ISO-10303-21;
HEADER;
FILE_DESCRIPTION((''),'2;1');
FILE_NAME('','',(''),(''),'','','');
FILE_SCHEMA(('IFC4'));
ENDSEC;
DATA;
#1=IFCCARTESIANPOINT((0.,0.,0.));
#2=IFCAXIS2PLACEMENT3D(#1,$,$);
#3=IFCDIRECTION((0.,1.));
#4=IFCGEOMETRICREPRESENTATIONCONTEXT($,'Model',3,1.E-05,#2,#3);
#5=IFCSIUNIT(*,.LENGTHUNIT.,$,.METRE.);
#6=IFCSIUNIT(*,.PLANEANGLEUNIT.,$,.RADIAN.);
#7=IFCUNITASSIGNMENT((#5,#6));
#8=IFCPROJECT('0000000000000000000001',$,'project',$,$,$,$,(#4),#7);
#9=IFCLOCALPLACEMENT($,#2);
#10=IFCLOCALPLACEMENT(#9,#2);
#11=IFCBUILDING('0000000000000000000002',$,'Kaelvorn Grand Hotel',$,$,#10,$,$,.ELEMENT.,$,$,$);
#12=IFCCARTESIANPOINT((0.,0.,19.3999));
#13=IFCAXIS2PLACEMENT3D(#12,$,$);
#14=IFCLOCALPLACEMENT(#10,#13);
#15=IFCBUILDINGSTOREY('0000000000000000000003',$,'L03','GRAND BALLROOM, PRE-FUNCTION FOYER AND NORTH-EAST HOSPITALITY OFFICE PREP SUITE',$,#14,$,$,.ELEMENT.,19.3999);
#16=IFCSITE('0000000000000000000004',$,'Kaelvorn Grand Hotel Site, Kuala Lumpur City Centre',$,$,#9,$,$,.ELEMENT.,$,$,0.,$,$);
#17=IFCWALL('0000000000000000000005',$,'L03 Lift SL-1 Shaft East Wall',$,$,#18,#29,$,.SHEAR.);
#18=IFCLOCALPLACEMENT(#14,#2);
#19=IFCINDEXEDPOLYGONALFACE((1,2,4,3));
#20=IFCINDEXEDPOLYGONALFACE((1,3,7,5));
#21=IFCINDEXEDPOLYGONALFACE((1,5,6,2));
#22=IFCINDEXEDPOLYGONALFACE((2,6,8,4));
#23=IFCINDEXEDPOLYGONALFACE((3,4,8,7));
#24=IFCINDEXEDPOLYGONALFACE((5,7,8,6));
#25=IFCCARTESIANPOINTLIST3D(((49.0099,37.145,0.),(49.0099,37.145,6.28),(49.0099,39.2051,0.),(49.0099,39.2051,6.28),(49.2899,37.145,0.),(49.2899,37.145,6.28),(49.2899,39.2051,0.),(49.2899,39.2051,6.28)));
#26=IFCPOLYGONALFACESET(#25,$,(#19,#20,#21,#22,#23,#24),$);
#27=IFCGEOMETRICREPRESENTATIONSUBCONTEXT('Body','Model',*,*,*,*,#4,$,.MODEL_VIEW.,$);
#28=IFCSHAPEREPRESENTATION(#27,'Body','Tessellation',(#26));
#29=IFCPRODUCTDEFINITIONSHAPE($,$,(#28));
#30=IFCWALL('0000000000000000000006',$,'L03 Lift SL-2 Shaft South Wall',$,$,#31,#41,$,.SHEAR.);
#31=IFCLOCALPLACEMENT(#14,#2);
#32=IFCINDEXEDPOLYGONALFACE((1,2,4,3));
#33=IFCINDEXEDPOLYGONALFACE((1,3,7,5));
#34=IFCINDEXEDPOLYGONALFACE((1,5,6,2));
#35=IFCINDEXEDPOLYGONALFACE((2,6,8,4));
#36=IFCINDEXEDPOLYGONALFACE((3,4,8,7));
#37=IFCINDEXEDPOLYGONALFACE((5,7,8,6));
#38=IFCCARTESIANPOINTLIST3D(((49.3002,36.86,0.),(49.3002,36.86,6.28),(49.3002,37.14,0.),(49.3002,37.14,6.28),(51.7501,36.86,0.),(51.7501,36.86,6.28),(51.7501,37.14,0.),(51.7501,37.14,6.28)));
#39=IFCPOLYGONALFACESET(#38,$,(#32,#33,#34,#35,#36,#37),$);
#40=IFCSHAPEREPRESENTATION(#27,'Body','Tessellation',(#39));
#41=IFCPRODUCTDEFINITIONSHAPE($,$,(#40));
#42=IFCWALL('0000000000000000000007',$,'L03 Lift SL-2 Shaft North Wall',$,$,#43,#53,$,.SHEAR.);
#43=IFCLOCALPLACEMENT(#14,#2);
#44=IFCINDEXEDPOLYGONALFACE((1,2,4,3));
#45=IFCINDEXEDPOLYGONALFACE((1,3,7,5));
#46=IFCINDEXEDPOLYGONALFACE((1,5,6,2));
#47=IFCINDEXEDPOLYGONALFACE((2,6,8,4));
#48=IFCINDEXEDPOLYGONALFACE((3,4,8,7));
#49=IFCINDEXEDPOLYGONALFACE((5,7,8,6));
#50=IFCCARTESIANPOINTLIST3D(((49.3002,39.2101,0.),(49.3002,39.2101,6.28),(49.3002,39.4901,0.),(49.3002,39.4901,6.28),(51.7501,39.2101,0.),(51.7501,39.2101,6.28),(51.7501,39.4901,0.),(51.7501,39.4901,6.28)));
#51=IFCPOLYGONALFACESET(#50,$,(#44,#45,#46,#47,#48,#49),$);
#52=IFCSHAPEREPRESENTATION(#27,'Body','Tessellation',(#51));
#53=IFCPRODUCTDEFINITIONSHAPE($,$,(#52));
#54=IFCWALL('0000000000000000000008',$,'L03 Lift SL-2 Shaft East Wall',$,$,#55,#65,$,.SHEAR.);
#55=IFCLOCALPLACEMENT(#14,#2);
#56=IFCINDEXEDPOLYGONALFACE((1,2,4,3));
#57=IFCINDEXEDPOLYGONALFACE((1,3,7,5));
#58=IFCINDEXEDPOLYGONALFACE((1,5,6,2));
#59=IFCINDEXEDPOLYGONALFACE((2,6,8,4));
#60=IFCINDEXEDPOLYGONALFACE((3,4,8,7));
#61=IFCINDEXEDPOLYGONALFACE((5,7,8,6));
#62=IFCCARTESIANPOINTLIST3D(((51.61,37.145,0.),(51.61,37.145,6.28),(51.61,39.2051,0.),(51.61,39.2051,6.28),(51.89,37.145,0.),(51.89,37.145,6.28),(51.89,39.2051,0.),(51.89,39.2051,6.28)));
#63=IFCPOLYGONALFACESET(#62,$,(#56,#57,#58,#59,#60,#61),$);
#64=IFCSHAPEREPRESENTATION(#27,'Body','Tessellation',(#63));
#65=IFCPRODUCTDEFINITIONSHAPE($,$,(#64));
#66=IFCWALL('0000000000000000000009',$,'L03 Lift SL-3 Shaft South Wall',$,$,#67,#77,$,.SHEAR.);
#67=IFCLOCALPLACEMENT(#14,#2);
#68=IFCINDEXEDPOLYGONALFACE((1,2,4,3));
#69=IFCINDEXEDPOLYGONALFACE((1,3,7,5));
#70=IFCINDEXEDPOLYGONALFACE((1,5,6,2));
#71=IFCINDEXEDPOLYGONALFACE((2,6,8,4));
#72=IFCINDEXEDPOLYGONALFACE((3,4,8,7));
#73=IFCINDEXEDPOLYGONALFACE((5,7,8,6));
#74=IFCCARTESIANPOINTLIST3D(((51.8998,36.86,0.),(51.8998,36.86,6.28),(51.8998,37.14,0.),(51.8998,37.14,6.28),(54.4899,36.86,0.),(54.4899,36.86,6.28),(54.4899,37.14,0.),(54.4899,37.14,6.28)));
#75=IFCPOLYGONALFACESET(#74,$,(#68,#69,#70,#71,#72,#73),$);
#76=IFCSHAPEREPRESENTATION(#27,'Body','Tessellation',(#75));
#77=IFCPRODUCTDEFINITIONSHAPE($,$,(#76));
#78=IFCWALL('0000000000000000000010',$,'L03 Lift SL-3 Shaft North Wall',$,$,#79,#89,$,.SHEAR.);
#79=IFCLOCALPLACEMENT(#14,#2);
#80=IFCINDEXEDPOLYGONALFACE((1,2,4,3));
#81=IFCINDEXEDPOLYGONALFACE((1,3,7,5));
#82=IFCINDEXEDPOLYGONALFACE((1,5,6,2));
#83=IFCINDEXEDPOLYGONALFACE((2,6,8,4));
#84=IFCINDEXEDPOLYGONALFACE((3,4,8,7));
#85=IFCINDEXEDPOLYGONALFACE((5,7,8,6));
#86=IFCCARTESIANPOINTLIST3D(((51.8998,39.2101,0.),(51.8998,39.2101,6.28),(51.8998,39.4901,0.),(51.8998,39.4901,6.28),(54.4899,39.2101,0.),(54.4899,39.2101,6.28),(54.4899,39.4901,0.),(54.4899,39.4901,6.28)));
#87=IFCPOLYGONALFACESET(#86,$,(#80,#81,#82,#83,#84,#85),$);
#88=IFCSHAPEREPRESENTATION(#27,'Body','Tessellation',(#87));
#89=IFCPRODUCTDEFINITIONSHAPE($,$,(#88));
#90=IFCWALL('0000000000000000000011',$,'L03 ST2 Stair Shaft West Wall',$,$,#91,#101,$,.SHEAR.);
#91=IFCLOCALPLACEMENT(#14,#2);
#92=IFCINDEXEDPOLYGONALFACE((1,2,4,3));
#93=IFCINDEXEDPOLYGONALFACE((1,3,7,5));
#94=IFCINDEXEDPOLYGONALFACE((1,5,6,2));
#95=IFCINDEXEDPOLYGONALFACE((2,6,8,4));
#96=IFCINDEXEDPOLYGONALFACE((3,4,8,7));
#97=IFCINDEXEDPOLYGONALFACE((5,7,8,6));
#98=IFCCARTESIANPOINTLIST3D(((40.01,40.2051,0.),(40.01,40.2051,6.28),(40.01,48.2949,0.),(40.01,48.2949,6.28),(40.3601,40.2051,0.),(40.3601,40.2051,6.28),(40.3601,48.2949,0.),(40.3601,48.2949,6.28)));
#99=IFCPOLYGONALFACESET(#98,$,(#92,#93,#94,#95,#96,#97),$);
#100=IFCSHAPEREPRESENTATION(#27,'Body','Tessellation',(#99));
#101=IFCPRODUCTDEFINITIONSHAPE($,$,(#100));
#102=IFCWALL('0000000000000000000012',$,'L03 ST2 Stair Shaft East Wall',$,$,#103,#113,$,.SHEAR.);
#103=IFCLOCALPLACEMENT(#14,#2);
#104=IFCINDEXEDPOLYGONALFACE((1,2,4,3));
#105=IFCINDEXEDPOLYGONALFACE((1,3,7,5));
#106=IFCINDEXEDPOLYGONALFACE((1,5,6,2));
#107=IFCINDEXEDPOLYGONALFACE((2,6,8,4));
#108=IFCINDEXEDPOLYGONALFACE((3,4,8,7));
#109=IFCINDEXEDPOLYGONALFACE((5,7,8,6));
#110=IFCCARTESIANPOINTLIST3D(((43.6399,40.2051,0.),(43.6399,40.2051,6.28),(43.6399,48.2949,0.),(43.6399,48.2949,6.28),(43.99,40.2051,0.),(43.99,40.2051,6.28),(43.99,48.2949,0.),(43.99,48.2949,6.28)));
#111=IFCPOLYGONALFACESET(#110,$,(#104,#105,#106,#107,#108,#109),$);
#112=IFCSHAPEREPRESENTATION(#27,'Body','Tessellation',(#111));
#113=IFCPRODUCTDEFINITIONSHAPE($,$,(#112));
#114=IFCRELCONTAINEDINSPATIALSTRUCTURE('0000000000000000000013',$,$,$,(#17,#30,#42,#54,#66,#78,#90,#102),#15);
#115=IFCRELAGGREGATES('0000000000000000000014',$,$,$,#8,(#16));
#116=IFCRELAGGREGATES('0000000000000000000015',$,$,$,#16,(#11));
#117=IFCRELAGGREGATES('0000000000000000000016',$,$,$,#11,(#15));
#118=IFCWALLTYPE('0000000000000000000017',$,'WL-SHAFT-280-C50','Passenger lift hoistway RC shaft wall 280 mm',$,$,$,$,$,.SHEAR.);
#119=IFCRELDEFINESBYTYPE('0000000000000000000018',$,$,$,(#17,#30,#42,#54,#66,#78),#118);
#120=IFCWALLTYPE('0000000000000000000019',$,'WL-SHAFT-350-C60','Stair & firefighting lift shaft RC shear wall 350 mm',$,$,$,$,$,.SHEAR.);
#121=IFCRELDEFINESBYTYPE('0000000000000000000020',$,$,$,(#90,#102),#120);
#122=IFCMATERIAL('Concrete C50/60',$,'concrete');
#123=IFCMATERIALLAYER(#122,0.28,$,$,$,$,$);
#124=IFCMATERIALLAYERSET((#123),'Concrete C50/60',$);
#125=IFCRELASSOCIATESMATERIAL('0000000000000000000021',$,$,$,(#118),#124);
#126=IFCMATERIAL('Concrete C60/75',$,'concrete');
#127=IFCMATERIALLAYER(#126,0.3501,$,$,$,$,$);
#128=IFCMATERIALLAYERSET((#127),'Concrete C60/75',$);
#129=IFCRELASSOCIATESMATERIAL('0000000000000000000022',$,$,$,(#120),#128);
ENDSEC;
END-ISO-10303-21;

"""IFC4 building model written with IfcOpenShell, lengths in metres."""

from ifc_helpers import new_model, si_unit, direction, frame, frame_2d, origin, place, context, subcontext, project, spatial, rectangle, extrude, material, layer, layer_set, type_object, element, save


model = new_model("IFC4")

# Units and contexts
model_context = context("Model", 3, precision=1e-05, world=origin(), true_north=direction((0.0, 1.0)))
body_context = subcontext(model_context, "Body", "Model", "MODEL_VIEW")
ifc_project = project(units=[si_unit("LENGTHUNIT", "METRE"), si_unit("PLANEANGLEUNIT", "RADIAN")], contexts=[model_context])

# Site, building, storey
site_placement = place(None, origin())
site = spatial("IfcSite", under=ifc_project, at=site_placement, Name="Kaelvorn Grand Hotel Site, Kuala Lumpur City Centre", CompositionType="ELEMENT", RefElevation=0.0)
building_placement = place(site_placement, origin())
building = spatial("IfcBuilding", under=site, at=building_placement, Name="Kaelvorn Grand Hotel", CompositionType="ELEMENT")
storey_placement = place(building_placement, frame((0.0, 0.0, 19.3999)))
storey = spatial("IfcBuildingStorey", under=building, at=storey_placement, Name="L03", Description="GRAND BALLROOM, PRE-FUNCTION FOYER AND NORTH-EAST HOSPITALITY OFFICE PREP SUITE", CompositionType="ELEMENT", Elevation=19.3999)

# Walls
ifc_material_1 = material(Name="Concrete C50/60", Category="concrete")
ifc_layer_1 = layer(ifc_material_1, 0.28)
ifc_layer_set_1 = layer_set([ifc_layer_1], Name="Concrete C50/60")
wall_type_1 = type_object("IfcWallType", Name="WL-SHAFT-280-C50", Description="Passenger lift hoistway RC shaft wall 280 mm", PredefinedType="SHEAR", material=ifc_layer_set_1)
for number, where, z_axis, x_axis, name in (
    (1, (49.1499, 37.145, 0.0), (0.0, 0.0, 1.0), (0.0, 1.0, 0.0), "L03 Lift SL-1 Shaft East Wall"),
):
    element("IfcWall", number, at=place(storey_placement, frame(where, z_axis=z_axis, x_axis=x_axis)), inside=storey, type_object=wall_type_1, Name=name, PredefinedType="SHEAR", context=body_context, shape_type="SweptSolid", body=[
        extrude(rectangle(XDim=2.0601, YDim=0.28, at=frame_2d((1.03, 0.0))), origin(), (0.0, 0.0, 1.0), 6.28),
    ])
for number, where, z_axis, x_axis, name in (
    (2, (49.3, 37.0, 0.0), (0.0, 0.0, 1.0), (1.0, 0.0, 0.0), "L03 Lift SL-2 Shaft South Wall"),
    (3, (49.3, 39.3501, 0.0), (0.0, 0.0, 1.0), (1.0, 0.0, 0.0), "L03 Lift SL-2 Shaft North Wall"),
):
    element("IfcWall", number, at=place(storey_placement, frame(where, z_axis=z_axis, x_axis=x_axis)), inside=storey, type_object=wall_type_1, Name=name, PredefinedType="SHEAR", context=body_context, shape_type="SweptSolid", body=[
        extrude(rectangle(XDim=2.45, YDim=0.28, at=frame_2d((1.2251, 0.0))), origin(), (0.0, 0.0, 1.0), 6.28),
    ])
wall_1_placement = place(storey_placement, frame((51.75, 37.145, 0.0), z_axis=(0.0, 0.0, 1.0), x_axis=(0.0, 1.0, 0.0)))
element("IfcWall", 4, at=wall_1_placement, inside=storey, type_object=wall_type_1, Name="L03 Lift SL-2 Shaft East Wall", PredefinedType="SHEAR", context=body_context, shape_type="SweptSolid", body=[
    extrude(rectangle(XDim=2.0601, YDim=0.28, at=frame_2d((1.03, 0.0))), origin(), (0.0, 0.0, 1.0), 6.28),
])
for number, where, z_axis, x_axis, name in (
    (5, (51.8999, 37.0, 0.0), (0.0, 0.0, 1.0), (1.0, 0.0, 0.0), "L03 Lift SL-3 Shaft South Wall"),
    (6, (51.8999, 39.3501, 0.0), (0.0, 0.0, 1.0), (1.0, 0.0, 0.0), "L03 Lift SL-3 Shaft North Wall"),
):
    element("IfcWall", number, at=place(storey_placement, frame(where, z_axis=z_axis, x_axis=x_axis)), inside=storey, type_object=wall_type_1, Name=name, PredefinedType="SHEAR", context=body_context, shape_type="SweptSolid", body=[
        extrude(rectangle(XDim=2.5901, YDim=0.28, at=frame_2d((1.2949, 0.0))), origin(), (0.0, 0.0, 1.0), 6.28),
    ])

# Shared definitions
ifc_material_2 = material(Name="Concrete C60/75", Category="concrete")
ifc_layer_2 = layer(ifc_material_2, 0.3501)
ifc_layer_set_2 = layer_set([ifc_layer_2], Name="Concrete C60/75")
wall_type_2 = type_object("IfcWallType", Name="WL-SHAFT-350-C60", Description="Stair & firefighting lift shaft RC shear wall 350 mm", PredefinedType="SHEAR", material=ifc_layer_set_2)

# Walls
for number, where, z_axis, x_axis, name in (
    (7, (40.1851, 40.2051, 0.0), (0.0, 0.0, 1.0), (0.0, 1.0, 0.0), "L03 ST2 Stair Shaft West Wall"),
    (8, (43.8149, 40.2051, 0.0), (0.0, 0.0, 1.0), (0.0, 1.0, 0.0), "L03 ST2 Stair Shaft East Wall"),
):
    element("IfcWall", number, at=place(storey_placement, frame(where, z_axis=z_axis, x_axis=x_axis)), inside=storey, type_object=wall_type_2, Name=name, PredefinedType="SHEAR", context=body_context, shape_type="SweptSolid", body=[
        extrude(rectangle(XDim=8.0898, YDim=0.3501, at=frame_2d((4.0449, 0.0))), origin(), (0.0, 0.0, 1.0), 6.28),
    ])

save(model, "model.ifc")
